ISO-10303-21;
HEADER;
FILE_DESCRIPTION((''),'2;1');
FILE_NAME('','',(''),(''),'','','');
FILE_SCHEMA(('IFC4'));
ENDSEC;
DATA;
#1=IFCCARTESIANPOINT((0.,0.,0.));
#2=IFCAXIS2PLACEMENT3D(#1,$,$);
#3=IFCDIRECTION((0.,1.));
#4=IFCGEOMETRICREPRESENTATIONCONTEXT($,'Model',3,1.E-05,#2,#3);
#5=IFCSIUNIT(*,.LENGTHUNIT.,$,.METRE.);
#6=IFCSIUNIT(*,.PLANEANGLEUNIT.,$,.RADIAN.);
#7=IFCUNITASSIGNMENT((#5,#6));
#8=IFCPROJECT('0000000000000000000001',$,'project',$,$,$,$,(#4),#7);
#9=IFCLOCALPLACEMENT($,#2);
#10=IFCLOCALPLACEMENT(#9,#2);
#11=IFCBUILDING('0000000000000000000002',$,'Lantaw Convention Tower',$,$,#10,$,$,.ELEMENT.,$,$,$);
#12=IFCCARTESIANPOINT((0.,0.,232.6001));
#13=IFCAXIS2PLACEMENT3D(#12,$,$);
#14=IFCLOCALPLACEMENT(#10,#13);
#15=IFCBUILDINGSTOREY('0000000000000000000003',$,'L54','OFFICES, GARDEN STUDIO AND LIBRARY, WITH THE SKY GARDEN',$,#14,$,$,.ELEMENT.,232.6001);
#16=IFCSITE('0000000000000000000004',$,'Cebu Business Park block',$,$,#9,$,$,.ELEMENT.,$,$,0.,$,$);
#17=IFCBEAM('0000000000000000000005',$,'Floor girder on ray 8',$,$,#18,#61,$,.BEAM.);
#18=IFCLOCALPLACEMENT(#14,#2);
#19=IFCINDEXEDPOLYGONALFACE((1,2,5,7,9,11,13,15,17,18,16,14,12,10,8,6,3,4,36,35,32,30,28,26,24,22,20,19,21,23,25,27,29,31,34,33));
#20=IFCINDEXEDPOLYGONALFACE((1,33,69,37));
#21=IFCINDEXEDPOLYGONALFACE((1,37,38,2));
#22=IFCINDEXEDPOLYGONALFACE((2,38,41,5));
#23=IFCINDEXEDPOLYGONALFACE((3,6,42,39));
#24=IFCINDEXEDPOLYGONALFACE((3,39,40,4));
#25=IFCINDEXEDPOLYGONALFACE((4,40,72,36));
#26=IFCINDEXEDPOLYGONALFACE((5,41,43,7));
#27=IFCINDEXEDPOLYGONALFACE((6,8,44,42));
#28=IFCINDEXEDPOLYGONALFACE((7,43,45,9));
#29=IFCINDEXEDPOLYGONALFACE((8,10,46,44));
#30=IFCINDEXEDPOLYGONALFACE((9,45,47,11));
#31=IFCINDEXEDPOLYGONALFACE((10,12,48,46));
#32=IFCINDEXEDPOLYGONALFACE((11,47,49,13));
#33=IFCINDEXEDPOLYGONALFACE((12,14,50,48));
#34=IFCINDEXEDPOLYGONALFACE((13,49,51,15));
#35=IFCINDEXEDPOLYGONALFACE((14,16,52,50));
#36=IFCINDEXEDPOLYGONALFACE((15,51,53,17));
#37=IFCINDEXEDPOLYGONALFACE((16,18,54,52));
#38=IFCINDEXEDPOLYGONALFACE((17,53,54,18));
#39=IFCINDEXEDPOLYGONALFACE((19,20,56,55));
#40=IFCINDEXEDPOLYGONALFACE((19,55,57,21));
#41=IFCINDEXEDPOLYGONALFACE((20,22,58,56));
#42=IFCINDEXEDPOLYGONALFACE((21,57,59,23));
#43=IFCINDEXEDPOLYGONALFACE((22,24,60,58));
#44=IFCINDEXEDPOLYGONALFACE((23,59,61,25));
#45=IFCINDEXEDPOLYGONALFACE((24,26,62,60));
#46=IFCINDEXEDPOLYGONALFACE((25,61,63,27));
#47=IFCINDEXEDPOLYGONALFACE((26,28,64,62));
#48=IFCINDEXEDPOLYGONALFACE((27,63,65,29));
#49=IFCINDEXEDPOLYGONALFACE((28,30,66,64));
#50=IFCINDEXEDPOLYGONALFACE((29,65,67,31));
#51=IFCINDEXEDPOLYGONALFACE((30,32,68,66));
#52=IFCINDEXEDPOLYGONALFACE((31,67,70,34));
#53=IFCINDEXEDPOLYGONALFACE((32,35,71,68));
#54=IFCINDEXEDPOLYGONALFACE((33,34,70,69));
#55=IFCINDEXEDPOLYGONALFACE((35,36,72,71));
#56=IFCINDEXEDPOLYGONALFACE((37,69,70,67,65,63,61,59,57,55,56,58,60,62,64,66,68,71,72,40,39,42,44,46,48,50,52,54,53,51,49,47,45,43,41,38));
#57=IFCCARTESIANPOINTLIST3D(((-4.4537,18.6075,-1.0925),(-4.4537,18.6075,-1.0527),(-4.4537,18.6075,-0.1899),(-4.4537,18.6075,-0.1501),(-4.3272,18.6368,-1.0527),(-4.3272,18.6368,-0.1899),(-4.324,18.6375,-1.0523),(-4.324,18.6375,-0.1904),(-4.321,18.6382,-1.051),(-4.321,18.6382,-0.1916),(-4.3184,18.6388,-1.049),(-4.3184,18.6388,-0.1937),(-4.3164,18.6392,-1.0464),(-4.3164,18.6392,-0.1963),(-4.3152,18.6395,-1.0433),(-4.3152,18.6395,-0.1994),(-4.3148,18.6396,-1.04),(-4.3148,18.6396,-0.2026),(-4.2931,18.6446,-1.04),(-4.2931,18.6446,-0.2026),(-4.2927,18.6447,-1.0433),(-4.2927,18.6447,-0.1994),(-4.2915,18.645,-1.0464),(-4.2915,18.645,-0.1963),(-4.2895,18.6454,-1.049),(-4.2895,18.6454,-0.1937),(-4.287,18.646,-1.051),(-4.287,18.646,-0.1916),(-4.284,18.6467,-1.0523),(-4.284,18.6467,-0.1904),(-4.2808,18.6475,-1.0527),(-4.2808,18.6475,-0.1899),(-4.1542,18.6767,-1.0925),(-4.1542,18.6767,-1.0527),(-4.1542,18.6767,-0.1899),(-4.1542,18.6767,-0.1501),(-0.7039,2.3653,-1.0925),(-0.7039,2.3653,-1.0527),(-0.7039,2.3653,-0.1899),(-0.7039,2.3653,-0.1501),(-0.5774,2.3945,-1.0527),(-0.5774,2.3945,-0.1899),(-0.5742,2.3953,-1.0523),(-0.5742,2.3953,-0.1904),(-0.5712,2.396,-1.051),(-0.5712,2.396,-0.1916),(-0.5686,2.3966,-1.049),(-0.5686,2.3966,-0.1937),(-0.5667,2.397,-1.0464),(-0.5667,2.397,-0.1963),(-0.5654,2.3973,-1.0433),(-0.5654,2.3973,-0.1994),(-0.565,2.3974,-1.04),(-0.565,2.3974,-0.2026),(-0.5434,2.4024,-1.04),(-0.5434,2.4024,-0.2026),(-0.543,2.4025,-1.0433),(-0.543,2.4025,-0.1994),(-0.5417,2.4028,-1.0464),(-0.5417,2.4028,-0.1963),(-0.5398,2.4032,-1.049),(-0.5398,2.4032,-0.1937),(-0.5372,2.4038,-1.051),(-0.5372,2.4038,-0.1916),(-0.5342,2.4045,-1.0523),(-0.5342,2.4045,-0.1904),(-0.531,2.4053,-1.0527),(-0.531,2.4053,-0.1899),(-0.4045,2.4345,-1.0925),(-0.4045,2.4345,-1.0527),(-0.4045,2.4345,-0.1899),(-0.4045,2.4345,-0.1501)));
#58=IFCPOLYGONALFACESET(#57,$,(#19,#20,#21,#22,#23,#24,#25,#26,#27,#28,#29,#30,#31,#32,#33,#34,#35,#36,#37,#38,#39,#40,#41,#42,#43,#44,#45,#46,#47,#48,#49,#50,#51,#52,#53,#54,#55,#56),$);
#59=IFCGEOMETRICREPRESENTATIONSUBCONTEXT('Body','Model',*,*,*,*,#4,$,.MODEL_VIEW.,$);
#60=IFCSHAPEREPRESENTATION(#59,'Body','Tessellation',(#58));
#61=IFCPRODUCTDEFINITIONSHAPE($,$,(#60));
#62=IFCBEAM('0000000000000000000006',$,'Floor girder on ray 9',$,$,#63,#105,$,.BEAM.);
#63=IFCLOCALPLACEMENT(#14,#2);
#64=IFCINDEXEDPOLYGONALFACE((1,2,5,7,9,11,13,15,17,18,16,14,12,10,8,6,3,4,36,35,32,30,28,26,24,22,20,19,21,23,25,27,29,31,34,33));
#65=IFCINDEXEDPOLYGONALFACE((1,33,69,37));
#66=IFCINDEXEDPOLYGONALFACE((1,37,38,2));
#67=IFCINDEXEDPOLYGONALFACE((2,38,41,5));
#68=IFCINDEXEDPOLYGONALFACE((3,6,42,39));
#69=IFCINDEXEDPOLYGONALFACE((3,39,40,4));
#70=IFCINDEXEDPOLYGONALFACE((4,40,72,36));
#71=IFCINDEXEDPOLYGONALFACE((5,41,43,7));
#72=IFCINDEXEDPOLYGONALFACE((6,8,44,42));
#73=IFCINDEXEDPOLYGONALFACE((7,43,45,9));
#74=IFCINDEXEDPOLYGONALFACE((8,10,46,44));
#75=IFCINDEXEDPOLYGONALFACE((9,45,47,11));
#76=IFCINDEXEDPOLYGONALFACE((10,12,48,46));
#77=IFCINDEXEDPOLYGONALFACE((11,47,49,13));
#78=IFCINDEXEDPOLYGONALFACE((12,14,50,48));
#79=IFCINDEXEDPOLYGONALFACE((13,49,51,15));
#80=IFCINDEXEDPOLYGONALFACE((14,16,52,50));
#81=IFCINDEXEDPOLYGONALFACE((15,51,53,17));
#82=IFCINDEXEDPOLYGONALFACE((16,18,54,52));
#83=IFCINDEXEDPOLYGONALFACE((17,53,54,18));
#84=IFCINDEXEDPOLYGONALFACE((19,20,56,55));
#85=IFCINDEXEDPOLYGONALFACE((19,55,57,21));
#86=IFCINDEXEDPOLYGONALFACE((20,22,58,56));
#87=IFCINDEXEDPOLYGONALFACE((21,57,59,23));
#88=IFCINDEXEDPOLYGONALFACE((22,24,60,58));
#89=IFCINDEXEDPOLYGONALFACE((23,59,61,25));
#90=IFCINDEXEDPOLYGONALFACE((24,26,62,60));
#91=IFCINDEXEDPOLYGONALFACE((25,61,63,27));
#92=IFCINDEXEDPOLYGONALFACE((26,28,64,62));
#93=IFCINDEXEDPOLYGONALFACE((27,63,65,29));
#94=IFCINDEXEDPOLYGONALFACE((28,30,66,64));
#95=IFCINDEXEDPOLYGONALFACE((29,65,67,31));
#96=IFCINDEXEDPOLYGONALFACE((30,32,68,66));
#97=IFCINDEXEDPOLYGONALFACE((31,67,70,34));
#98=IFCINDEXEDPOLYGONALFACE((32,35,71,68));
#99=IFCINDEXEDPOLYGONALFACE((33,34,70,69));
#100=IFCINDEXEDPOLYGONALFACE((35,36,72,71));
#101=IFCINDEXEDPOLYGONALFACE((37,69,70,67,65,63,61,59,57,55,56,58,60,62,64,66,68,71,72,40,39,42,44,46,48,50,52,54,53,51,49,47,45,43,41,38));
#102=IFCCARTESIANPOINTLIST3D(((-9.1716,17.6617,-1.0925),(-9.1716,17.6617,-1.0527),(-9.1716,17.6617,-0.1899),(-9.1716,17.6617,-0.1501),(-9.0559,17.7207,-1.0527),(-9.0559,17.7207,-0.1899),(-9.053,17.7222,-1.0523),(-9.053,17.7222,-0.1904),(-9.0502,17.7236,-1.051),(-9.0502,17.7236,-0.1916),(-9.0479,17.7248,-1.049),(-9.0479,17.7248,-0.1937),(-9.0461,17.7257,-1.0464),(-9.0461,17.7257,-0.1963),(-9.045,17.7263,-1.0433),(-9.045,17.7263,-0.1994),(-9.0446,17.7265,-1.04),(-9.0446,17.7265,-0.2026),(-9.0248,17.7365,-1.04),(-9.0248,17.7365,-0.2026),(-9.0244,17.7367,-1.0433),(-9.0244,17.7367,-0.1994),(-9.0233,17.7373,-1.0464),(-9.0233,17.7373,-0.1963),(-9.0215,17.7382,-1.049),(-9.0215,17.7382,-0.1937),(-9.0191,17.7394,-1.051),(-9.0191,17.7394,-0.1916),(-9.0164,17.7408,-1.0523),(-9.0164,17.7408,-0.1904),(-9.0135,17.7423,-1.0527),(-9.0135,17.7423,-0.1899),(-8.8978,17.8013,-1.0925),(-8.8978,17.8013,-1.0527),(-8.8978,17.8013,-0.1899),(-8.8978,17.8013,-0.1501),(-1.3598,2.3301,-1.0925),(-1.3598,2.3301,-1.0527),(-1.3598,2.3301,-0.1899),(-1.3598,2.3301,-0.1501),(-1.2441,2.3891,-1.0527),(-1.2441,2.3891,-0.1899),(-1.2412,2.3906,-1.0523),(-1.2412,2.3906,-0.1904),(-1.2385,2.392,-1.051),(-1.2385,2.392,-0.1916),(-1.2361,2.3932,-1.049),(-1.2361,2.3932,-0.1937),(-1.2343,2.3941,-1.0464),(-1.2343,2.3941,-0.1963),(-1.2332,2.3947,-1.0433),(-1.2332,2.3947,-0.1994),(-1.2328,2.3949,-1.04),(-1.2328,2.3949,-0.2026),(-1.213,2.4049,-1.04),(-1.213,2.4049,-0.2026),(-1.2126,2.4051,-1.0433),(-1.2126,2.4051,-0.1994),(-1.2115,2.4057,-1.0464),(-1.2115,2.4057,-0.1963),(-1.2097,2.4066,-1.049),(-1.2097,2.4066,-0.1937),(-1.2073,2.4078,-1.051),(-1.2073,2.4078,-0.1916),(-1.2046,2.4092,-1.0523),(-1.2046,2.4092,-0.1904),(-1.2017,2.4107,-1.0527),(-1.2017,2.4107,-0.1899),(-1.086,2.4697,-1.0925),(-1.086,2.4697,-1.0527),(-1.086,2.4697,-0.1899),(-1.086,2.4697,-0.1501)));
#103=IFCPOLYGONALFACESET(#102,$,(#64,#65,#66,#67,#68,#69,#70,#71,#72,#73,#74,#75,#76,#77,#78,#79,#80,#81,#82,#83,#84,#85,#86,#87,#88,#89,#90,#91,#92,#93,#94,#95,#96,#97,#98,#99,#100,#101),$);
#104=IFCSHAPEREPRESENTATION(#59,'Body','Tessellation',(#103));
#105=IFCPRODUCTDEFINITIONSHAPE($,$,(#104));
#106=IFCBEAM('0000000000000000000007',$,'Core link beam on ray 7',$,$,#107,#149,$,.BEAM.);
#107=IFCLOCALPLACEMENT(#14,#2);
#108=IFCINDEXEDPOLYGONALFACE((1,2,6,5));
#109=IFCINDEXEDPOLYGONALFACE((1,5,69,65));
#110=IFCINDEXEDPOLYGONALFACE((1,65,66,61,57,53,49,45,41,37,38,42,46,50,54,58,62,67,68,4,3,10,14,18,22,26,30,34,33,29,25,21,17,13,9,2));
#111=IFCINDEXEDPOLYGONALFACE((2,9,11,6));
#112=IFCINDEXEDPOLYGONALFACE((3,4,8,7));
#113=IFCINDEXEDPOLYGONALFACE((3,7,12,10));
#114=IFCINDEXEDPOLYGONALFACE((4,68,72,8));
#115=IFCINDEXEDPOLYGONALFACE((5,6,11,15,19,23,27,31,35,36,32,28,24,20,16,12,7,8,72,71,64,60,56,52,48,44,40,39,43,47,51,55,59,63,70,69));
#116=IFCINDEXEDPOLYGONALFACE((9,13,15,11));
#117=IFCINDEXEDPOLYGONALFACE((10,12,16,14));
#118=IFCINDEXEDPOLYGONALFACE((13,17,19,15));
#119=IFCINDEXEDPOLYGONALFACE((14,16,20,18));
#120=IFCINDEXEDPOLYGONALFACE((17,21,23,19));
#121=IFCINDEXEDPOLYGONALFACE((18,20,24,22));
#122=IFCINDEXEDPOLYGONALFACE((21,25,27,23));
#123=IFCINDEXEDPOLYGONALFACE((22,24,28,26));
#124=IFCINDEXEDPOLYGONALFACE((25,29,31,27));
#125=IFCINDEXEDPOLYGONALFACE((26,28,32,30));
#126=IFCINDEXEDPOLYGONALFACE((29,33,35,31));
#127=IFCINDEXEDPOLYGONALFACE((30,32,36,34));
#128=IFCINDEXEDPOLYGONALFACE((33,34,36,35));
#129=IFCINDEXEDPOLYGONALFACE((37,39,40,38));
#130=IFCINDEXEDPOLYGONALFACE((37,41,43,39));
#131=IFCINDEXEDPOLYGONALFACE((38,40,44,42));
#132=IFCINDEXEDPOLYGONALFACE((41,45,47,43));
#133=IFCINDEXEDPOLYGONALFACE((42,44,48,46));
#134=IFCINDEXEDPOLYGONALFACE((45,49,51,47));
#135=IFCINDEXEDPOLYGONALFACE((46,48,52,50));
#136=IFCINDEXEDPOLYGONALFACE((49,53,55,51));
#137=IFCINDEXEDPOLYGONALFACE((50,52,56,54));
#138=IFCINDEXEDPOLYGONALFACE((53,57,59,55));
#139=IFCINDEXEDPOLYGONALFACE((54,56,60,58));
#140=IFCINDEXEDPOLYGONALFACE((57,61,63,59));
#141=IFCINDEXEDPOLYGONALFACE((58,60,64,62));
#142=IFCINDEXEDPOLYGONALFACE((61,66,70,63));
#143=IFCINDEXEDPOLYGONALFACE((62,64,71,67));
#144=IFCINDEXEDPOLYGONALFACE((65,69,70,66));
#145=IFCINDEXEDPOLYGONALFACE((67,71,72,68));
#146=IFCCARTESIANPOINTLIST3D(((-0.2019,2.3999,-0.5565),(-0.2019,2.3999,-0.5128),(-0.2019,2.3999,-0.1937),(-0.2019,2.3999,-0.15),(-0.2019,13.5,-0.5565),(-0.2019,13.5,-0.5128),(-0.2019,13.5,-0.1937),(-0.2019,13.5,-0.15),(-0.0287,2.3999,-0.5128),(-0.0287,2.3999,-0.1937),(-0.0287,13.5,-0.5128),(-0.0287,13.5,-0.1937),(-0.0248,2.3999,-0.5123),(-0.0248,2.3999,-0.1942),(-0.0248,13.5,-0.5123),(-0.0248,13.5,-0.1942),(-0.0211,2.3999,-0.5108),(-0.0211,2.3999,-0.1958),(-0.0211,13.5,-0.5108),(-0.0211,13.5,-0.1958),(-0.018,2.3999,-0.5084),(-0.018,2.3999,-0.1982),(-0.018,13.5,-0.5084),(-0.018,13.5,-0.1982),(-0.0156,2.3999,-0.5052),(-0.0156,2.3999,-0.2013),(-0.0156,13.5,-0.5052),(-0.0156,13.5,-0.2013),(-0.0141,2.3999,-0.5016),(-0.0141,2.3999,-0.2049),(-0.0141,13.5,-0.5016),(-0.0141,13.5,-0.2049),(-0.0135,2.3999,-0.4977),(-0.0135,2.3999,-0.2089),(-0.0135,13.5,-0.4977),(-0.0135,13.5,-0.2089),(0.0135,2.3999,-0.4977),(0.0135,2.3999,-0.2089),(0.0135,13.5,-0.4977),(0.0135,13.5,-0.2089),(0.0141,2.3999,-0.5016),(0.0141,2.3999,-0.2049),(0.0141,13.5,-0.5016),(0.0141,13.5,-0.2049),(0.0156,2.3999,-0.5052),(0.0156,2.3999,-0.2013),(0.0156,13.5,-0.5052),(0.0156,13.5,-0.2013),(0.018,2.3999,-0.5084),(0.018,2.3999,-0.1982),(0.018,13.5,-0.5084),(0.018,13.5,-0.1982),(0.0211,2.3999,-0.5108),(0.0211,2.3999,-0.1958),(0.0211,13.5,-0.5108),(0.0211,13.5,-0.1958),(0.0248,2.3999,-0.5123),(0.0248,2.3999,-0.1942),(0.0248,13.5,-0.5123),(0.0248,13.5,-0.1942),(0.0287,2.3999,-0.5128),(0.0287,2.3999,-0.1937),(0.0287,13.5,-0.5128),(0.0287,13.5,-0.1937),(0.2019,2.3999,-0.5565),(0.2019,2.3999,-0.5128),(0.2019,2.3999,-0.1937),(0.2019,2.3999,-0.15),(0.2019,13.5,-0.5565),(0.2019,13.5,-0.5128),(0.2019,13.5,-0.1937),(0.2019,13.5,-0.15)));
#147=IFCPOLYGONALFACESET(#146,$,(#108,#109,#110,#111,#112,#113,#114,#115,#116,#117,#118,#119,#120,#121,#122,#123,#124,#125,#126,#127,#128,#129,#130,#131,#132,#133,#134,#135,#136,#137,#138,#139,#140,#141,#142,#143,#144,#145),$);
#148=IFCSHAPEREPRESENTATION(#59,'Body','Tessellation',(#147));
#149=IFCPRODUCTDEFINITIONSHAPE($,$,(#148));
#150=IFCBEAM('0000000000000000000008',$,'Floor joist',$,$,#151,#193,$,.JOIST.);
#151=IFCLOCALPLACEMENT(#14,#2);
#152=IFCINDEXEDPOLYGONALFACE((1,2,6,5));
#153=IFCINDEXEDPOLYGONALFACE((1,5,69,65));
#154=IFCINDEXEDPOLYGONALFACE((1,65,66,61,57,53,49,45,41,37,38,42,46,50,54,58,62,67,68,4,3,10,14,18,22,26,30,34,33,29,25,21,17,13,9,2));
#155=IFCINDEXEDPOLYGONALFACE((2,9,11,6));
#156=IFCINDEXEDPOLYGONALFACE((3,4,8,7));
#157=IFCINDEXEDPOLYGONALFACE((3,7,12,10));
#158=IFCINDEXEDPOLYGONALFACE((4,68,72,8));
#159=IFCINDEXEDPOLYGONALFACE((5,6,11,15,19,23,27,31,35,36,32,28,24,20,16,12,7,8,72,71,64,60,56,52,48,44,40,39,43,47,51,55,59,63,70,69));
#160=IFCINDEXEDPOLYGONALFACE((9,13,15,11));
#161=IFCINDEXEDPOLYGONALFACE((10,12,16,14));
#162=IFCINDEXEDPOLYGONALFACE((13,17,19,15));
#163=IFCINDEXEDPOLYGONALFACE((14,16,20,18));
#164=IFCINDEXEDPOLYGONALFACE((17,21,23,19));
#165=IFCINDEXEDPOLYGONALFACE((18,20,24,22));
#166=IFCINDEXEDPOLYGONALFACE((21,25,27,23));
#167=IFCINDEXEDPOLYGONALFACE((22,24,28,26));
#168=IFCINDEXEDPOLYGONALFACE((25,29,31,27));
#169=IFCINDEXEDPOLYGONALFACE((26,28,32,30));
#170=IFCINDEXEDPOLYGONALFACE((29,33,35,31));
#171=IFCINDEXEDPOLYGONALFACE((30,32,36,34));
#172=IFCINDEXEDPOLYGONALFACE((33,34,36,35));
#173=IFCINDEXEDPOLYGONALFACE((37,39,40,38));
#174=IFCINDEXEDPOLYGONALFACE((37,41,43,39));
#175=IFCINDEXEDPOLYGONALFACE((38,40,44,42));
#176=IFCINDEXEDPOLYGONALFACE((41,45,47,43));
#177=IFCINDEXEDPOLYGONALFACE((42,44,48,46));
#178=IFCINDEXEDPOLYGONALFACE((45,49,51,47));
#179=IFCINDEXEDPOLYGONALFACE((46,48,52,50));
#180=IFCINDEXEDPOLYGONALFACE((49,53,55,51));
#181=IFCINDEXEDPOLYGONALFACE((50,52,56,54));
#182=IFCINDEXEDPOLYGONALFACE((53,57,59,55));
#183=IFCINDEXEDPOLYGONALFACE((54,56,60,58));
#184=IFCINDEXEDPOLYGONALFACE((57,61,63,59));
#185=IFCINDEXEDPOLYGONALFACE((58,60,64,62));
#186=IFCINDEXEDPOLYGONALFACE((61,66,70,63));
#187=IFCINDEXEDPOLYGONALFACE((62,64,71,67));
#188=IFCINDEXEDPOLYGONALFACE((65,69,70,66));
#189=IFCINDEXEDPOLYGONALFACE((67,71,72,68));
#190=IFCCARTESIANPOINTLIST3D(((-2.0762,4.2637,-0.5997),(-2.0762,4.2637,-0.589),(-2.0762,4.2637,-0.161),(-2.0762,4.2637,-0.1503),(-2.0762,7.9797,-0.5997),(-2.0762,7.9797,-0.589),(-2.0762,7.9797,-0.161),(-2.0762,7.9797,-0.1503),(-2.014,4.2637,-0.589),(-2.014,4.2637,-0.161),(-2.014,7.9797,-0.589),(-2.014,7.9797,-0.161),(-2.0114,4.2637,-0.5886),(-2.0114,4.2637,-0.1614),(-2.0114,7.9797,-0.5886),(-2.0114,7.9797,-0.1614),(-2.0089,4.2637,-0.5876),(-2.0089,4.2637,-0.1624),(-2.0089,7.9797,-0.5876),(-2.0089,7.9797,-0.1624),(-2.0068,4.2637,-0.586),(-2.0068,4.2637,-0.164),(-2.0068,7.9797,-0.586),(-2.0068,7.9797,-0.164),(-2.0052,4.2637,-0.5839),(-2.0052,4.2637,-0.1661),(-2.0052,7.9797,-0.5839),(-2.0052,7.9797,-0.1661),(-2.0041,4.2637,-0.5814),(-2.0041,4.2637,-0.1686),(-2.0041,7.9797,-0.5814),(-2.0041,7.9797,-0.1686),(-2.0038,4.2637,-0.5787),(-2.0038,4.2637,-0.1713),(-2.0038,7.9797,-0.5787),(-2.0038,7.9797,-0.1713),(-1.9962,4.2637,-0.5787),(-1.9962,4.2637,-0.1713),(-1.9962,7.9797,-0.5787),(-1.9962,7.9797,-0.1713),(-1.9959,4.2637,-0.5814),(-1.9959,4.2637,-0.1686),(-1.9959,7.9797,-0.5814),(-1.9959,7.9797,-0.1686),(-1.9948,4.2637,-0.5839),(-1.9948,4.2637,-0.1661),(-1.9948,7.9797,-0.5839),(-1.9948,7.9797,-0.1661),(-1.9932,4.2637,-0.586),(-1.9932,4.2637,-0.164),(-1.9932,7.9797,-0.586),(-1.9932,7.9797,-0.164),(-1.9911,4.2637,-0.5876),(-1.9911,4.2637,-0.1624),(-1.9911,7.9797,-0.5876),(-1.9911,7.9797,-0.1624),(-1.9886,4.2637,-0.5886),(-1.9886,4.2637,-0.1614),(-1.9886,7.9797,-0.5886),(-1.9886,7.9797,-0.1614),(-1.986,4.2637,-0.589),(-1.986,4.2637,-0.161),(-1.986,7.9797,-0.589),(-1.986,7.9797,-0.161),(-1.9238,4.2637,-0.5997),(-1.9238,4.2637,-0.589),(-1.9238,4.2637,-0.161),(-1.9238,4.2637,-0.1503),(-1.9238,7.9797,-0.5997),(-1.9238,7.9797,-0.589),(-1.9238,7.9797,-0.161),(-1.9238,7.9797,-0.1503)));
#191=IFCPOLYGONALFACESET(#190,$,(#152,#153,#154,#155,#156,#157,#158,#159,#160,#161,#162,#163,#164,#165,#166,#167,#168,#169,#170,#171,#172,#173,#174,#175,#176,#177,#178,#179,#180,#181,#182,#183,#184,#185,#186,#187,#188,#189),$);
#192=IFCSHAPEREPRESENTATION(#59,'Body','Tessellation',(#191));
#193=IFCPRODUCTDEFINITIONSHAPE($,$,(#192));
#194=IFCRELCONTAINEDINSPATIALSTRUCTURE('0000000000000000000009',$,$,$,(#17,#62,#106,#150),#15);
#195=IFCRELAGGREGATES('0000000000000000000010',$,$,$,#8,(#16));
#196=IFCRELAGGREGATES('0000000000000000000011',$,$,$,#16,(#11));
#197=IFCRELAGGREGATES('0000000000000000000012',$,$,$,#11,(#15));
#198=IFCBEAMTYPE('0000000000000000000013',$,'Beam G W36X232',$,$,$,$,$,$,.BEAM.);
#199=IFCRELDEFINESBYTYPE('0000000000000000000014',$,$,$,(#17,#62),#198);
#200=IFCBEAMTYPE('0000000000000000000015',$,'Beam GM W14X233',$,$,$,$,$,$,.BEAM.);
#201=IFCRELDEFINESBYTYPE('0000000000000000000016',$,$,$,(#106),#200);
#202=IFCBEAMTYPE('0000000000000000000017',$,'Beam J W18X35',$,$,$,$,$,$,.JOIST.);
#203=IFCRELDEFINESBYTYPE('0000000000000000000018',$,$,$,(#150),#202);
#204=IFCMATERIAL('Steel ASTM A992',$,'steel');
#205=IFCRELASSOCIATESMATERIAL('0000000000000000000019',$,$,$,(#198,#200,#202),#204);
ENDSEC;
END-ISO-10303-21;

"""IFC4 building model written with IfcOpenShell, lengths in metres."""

from ifc_helpers import new_model, si_unit, direction, frame, origin, origin_2d, place, context, subcontext, project, spatial, i_section, extrude, material, material_profile, profile_set, type_object, element, save


model = new_model("IFC4")

# Units and contexts
model_context = context("Model", 3, precision=1e-05, world=origin(), true_north=direction((0.0, 1.0)))
body_context = subcontext(model_context, "Body", "Model", "MODEL_VIEW")
ifc_project = project(units=[si_unit("LENGTHUNIT", "METRE"), si_unit("PLANEANGLEUNIT", "RADIAN")], contexts=[model_context])

# Site, building, storey
site_placement = place(None, origin())
site = spatial("IfcSite", under=ifc_project, at=site_placement, Name="Cebu Business Park block", CompositionType="ELEMENT", RefElevation=0.0)
building_placement = place(site_placement, origin())
building = spatial("IfcBuilding", under=site, at=building_placement, Name="Lantaw Convention Tower", CompositionType="ELEMENT")
storey_placement = place(building_placement, frame((0.0, 0.0, 232.6001)))
storey = spatial("IfcBuildingStorey", under=building, at=storey_placement, Name="L54", Description="OFFICES, GARDEN STUDIO AND LIBRARY, WITH THE SKY GARDEN", CompositionType="ELEMENT", Elevation=232.6001)

# Beams
ifc_material_1 = material(Name="Steel ASTM A992", Category="steel")
ifc_material_profile_1 = material_profile(ifc_material_1, i_section(OverallWidth=0.3074, OverallDepth=0.9424, WebThickness=0.0222, FlangeThickness=0.0398, FilletRadius=0.0127, at=origin_2d()), Name="W36X232")
ifc_profile_set_1 = profile_set([ifc_material_profile_1], Name="Steel ASTM A992")
beam_type_1 = type_object("IfcBeamType", Name="Beam G W36X232", PredefinedType="BEAM", material=ifc_profile_set_1)
beam_1_placement = place(storey_placement, frame((-0.5542, 2.3999, -0.6213), z_axis=(-0.224948, 0.974371, 0.0), x_axis=(-0.974371, -0.224948, 0.0)))
element("IfcBeam", 1, at=beam_1_placement, inside=storey, type_object=beam_type_1, Name="Floor girder on ray 8", PredefinedType="BEAM", context=body_context, shape_type="SweptSolid", body=[
    extrude(i_section(OverallWidth=0.3074, OverallDepth=0.9424, WebThickness=0.0222, FlangeThickness=0.0398, FilletRadius=0.0127, at=origin_2d()), origin(), (0.0, 0.0, 1.0), 16.6694),
])
beam_2_placement = place(storey_placement, frame((-1.2229, 2.3999, -0.6213), z_axis=(-0.453988, 0.891008, 0.0), x_axis=(-0.891008, -0.453988, 0.0)))
element("IfcBeam", 2, at=beam_2_placement, inside=storey, type_object=beam_type_1, Name="Floor girder on ray 9", PredefinedType="BEAM", context=body_context, shape_type="SweptSolid", body=[
    extrude(i_section(OverallWidth=0.3074, OverallDepth=0.9424, WebThickness=0.0222, FlangeThickness=0.0398, FilletRadius=0.0127, at=origin_2d()), origin(), (0.0, 0.0, 1.0), 17.207),
])
ifc_material_profile_2 = material_profile(ifc_material_1, i_section(OverallWidth=0.4038, OverallDepth=0.4065, WebThickness=0.0271, FlangeThickness=0.0437, FilletRadius=0.0151, at=origin_2d()), Name="W14X233")
ifc_profile_set_2 = profile_set([ifc_material_profile_2], Name="Steel ASTM A992")
beam_type_2 = type_object("IfcBeamType", Name="Beam GM W14X233", PredefinedType="BEAM", material=ifc_profile_set_2)
beam_3_placement = place(storey_placement, frame((0.0, 2.3999, -0.3533), z_axis=(0.0, 1.0, 0.0), x_axis=(-1.0, 0.0, 0.0)))
element("IfcBeam", 3, at=beam_3_placement, inside=storey, type_object=beam_type_2, Name="Core link beam on ray 7", PredefinedType="BEAM", context=body_context, shape_type="SweptSolid", body=[
    extrude(i_section(OverallWidth=0.4038, OverallDepth=0.4065, WebThickness=0.0271, FlangeThickness=0.0437, FilletRadius=0.0151, at=origin_2d()), origin(), (0.0, 0.0, 1.0), 11.1001),
])
ifc_material_profile_3 = material_profile(ifc_material_1, i_section(OverallWidth=0.1523, OverallDepth=0.4495, WebThickness=0.0076, FlangeThickness=0.0107, FilletRadius=0.0103, at=origin_2d()), Name="W18X35")
ifc_profile_set_3 = profile_set([ifc_material_profile_3], Name="Steel ASTM A992")
beam_type_3 = type_object("IfcBeamType", Name="Beam J W18X35", PredefinedType="JOIST", material=ifc_profile_set_3)
beam_4_placement = place(storey_placement, frame((-2.0, 4.2637, -0.375), z_axis=(0.0, 1.0, 0.0), x_axis=(-1.0, 0.0, 0.0)))
element("IfcBeam", 4, at=beam_4_placement, inside=storey, type_object=beam_type_3, Name="Floor joist", PredefinedType="JOIST", context=body_context, shape_type="SweptSolid", body=[
    extrude(i_section(OverallWidth=0.1523, OverallDepth=0.4495, WebThickness=0.0076, FlangeThickness=0.0107, FilletRadius=0.0103, at=origin_2d()), origin(), (0.0, 0.0, 1.0), 3.7161),
])

save(model, "model.ifc")
